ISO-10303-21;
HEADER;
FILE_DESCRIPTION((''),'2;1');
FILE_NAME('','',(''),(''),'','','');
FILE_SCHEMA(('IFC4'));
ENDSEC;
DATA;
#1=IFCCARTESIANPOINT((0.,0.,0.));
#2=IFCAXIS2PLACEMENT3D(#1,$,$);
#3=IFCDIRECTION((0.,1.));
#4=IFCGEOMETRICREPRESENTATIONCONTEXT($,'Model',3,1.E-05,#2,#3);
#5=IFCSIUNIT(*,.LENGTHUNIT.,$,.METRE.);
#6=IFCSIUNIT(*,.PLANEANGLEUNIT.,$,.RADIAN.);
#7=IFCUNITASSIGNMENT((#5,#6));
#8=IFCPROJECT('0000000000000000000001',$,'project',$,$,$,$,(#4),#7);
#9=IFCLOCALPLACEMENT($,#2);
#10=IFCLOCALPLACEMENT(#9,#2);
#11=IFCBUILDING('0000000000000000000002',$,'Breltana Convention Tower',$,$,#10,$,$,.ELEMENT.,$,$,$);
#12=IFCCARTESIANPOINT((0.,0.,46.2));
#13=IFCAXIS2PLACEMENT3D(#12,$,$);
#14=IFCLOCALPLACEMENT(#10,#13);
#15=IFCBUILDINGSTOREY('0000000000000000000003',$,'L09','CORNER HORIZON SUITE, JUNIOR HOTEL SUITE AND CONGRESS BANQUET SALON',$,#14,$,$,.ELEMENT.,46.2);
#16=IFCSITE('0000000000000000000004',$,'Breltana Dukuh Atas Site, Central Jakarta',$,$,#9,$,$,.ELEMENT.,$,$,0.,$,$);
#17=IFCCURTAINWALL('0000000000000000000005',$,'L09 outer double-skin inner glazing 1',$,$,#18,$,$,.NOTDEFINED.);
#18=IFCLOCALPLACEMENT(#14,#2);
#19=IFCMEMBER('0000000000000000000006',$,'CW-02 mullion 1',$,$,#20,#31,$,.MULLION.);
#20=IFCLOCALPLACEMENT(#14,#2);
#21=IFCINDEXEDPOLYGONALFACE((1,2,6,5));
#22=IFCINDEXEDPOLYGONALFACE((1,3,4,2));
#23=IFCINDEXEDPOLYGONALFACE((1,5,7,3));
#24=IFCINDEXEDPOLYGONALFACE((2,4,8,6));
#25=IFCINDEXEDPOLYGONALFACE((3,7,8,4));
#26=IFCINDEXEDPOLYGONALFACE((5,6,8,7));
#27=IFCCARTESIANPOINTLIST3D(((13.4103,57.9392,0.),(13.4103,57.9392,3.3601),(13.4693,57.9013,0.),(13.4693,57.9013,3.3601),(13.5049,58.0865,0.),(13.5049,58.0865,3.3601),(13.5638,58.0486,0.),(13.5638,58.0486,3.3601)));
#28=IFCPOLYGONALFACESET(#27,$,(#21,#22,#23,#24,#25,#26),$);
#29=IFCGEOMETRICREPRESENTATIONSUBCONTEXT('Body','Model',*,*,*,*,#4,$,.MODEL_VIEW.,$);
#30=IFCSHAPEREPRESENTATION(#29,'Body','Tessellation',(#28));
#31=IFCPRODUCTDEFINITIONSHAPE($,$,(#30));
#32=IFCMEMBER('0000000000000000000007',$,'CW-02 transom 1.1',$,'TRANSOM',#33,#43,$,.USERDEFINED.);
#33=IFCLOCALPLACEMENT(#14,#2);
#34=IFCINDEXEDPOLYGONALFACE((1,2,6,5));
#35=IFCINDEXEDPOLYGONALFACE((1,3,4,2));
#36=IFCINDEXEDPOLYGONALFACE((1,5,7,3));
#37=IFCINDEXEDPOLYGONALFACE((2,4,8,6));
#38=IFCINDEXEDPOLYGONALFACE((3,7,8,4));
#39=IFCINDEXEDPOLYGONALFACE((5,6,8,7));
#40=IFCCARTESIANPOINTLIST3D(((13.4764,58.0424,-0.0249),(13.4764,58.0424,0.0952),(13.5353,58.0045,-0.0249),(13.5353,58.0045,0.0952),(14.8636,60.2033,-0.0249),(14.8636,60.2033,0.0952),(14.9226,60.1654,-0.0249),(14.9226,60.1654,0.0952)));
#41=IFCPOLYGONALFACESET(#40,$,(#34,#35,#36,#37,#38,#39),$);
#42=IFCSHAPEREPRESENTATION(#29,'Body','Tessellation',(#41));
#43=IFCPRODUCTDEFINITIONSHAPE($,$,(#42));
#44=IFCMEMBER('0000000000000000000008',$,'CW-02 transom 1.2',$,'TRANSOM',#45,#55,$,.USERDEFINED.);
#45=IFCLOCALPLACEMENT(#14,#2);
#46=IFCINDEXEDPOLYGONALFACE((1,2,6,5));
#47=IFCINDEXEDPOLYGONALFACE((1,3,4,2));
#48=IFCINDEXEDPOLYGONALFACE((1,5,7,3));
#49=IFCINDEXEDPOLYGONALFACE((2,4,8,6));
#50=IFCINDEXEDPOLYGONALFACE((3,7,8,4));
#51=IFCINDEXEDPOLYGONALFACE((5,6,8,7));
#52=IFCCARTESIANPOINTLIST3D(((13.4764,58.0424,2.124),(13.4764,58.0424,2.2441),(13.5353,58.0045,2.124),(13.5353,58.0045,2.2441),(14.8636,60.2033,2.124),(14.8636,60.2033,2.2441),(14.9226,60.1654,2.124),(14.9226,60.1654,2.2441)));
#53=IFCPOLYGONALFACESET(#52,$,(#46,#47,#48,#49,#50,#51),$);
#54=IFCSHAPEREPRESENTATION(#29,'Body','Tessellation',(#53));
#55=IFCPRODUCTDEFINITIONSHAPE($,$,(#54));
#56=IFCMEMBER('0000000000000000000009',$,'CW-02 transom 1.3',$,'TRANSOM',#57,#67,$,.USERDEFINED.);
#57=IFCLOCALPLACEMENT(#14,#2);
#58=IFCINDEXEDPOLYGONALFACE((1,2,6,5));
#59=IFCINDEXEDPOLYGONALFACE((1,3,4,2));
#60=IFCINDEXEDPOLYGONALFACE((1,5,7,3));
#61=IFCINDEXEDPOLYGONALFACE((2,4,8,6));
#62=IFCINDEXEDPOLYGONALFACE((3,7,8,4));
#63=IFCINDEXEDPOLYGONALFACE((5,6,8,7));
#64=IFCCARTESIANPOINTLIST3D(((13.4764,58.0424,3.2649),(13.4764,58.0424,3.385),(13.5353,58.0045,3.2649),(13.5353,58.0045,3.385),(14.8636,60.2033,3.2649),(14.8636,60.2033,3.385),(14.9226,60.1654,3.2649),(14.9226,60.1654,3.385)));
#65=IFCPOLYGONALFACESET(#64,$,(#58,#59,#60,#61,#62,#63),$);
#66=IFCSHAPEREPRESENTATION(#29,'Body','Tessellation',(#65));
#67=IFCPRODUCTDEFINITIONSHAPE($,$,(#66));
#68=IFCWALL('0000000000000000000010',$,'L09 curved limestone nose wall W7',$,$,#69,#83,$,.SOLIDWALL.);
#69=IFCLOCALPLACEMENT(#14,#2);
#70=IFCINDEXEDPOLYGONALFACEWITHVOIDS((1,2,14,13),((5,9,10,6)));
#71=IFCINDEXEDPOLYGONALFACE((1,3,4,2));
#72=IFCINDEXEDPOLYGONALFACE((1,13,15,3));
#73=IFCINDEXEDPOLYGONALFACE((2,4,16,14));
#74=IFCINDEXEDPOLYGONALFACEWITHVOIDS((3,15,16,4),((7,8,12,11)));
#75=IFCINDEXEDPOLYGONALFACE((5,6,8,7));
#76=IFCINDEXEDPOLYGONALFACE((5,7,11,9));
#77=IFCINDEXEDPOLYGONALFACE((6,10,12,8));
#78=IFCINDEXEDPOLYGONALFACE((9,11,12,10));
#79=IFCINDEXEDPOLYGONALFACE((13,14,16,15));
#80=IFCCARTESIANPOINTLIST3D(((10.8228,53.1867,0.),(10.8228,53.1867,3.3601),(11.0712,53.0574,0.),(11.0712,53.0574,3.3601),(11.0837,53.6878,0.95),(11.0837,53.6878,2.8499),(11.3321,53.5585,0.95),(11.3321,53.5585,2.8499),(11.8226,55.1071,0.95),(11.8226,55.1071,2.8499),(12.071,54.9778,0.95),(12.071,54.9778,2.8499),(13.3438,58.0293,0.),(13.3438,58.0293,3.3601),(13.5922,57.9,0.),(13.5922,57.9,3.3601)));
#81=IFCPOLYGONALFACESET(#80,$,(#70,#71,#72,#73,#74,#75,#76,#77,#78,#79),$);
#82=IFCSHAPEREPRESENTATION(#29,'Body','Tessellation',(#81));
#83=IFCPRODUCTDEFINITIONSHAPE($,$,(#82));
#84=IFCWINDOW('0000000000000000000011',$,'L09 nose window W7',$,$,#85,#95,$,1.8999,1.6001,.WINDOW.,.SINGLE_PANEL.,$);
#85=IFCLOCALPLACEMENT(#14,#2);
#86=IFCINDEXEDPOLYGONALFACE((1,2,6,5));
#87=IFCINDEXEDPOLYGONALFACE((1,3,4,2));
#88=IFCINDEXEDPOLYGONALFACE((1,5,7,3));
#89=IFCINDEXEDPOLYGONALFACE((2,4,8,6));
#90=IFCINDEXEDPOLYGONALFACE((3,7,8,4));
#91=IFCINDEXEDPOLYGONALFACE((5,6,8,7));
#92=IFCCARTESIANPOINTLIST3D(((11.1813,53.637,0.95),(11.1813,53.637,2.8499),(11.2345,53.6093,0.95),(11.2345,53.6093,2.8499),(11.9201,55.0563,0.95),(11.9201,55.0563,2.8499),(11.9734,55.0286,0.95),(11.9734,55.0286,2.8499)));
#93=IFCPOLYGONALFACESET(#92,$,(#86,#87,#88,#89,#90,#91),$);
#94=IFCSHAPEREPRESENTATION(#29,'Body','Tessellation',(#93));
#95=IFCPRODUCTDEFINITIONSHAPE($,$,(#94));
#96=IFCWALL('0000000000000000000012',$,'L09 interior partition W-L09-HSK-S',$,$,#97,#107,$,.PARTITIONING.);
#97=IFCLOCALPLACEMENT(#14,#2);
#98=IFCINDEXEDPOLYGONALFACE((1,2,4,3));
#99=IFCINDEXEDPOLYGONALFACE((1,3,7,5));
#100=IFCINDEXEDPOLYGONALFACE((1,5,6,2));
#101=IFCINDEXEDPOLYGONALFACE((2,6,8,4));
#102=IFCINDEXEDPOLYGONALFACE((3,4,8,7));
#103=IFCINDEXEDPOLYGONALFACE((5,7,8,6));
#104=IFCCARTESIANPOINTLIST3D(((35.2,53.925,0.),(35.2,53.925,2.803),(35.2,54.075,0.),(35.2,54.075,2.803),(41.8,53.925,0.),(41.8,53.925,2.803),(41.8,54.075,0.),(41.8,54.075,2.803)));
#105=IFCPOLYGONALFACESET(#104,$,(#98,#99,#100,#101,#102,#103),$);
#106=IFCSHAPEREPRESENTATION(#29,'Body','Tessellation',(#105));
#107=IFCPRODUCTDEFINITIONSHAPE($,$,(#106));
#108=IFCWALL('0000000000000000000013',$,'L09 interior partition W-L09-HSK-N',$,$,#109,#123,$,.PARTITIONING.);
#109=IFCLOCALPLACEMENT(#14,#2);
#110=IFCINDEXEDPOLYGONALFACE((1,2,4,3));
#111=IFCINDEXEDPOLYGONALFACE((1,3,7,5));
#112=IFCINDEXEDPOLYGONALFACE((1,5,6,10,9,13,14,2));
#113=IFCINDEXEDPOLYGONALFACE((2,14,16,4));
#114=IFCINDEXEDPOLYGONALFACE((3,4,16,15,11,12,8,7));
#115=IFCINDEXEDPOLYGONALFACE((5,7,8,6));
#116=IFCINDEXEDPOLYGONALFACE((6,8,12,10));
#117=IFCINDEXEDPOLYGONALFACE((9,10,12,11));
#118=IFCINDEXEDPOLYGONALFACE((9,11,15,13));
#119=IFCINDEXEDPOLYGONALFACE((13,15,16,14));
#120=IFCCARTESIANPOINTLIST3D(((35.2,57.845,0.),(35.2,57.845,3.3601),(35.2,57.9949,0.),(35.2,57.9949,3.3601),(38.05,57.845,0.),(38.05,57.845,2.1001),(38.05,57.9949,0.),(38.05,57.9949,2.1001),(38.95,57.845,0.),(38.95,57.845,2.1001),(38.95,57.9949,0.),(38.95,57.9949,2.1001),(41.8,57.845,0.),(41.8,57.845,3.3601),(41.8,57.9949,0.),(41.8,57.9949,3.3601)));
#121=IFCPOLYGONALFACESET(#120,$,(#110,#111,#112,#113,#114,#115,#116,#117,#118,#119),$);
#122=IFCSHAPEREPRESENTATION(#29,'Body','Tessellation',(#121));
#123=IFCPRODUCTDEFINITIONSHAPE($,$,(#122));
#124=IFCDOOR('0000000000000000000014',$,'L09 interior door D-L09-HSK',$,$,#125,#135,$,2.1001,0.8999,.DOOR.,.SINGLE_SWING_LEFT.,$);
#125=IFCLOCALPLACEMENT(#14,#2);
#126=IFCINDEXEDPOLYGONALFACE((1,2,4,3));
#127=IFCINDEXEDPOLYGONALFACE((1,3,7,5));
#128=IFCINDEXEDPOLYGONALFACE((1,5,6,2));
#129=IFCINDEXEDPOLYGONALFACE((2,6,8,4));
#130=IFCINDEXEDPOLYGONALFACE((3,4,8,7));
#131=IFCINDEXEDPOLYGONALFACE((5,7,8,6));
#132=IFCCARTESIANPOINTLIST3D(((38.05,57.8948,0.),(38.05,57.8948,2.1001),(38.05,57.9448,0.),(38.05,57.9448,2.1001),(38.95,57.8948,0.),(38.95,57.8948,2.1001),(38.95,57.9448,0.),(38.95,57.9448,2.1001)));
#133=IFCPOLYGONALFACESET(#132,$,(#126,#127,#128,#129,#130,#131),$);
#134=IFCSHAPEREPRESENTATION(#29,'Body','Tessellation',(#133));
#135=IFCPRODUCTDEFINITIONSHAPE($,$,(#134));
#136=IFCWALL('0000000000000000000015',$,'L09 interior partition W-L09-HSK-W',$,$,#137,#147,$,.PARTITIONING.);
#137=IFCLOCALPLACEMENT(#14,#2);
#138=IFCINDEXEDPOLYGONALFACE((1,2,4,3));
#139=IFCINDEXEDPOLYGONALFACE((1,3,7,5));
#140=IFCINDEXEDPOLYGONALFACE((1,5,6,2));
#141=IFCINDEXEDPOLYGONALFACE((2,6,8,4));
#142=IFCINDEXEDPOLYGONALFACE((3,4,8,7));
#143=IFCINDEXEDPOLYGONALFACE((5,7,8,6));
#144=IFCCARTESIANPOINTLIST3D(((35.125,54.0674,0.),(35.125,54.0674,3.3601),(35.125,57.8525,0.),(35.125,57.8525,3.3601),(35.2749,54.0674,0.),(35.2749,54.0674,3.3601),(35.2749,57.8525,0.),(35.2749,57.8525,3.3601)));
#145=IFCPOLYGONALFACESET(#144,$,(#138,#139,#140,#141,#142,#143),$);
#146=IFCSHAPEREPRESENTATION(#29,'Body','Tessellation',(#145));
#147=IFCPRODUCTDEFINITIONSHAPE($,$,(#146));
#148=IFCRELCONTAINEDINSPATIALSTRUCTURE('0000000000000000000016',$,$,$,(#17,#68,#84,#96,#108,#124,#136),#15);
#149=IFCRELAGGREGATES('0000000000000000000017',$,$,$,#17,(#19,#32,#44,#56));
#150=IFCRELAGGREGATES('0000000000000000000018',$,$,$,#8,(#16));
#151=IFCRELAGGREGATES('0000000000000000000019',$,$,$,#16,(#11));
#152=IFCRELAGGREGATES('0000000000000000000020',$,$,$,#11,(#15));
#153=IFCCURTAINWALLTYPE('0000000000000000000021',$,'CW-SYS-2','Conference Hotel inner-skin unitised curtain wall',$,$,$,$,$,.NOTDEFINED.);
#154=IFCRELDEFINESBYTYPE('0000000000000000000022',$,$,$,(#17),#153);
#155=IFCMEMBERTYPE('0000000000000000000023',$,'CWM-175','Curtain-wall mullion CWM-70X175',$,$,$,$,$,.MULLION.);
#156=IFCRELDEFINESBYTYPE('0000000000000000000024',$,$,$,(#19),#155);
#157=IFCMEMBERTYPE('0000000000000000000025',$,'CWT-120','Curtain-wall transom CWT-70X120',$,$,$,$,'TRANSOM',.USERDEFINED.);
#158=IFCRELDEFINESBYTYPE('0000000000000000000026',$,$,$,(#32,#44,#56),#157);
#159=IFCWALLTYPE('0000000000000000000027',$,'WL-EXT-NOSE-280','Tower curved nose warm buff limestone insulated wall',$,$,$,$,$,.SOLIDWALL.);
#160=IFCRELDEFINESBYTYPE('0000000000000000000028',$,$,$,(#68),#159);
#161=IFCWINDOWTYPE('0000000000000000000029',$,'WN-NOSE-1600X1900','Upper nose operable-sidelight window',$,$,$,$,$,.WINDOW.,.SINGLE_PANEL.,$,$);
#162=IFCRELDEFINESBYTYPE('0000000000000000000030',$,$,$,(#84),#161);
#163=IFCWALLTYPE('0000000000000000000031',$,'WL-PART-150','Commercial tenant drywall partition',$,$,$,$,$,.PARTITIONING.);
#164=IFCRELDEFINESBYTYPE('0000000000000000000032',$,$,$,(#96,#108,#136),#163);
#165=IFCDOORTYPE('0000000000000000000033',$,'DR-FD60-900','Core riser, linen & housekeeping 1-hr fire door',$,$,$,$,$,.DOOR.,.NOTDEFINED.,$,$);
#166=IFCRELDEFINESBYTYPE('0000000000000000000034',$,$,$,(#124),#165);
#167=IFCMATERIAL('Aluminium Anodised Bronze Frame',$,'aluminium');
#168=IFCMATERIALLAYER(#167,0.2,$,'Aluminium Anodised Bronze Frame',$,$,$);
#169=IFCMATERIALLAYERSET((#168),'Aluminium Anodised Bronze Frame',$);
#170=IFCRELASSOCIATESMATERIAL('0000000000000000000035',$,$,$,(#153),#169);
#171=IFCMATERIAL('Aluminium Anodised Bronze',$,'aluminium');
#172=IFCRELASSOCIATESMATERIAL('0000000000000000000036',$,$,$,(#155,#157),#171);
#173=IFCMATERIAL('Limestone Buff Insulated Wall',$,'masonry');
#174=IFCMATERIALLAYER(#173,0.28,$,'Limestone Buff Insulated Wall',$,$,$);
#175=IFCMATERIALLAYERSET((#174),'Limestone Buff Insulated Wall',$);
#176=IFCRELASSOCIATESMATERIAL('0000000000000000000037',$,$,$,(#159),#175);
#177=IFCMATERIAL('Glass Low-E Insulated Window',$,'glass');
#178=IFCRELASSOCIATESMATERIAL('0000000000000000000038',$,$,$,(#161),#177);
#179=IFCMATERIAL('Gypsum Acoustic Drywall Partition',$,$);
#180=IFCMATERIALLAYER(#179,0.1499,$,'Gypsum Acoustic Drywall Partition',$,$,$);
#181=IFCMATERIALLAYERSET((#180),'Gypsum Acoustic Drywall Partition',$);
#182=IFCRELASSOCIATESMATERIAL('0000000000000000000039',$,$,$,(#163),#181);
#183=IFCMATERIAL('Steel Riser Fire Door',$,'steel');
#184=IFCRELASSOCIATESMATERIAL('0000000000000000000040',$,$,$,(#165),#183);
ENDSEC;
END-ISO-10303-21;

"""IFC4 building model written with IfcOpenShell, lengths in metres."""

from ifc_helpers import new_model, si_unit, direction, frame, frame_2d, origin, origin_2d, place, context, subcontext, project, spatial, rectangle, extrude, source, transform, mapped, material, layer, layer_set, material_profile, profile_set, type_object, type_shapes, element, fill, aggregate, save


model = new_model("IFC4")

# Units and contexts
model_context = context("Model", 3, precision=1e-05, world=origin(), true_north=direction((0.0, 1.0)))
body_context = subcontext(model_context, "Body", "Model", "MODEL_VIEW")
ifc_project = project(units=[si_unit("LENGTHUNIT", "METRE"), si_unit("PLANEANGLEUNIT", "RADIAN")], contexts=[model_context])

# Site, building, storey
site_placement = place(None, origin())
site = spatial("IfcSite", under=ifc_project, at=site_placement, Name="Breltana Dukuh Atas Site, Central Jakarta", CompositionType="ELEMENT", RefElevation=0.0)
building_placement = place(site_placement, origin())
building = spatial("IfcBuilding", under=site, at=building_placement, Name="Breltana Convention Tower", CompositionType="ELEMENT")
storey_placement = place(building_placement, frame((0.0, 0.0, 46.2)))
storey = spatial("IfcBuildingStorey", under=building, at=storey_placement, Name="L09", Description="CORNER HORIZON SUITE, JUNIOR HOTEL SUITE AND CONGRESS BANQUET SALON", CompositionType="ELEMENT", Elevation=46.2)

# Curtain wall, members
ifc_material_1 = material(Name="Aluminium Anodised Bronze Frame", Category="aluminium")
ifc_layer_1 = layer(ifc_material_1, 0.2, Name="Aluminium Anodised Bronze Frame")
ifc_layer_set_1 = layer_set([ifc_layer_1], Name="Aluminium Anodised Bronze Frame")
curtain_wall_type = type_object("IfcCurtainWallType", Name="CW-SYS-2", Description="Conference Hotel inner-skin unitised curtain wall", PredefinedType="NOTDEFINED", material=ifc_layer_set_1)
curtain_wall_placement = place(storey_placement, origin())
curtain_wall = element("IfcCurtainWall", 1, at=curtain_wall_placement, inside=storey, type_object=curtain_wall_type, Name="L09 outer double-skin inner glazing 1", PredefinedType="NOTDEFINED")
ifc_material_2 = material(Name="Aluminium Anodised Bronze", Category="aluminium")
ifc_material_profile_1 = material_profile(ifc_material_2, rectangle(XDim=0.0701, YDim=0.175, at=origin_2d()), Name="CWM-70X175")
ifc_profile_set_1 = profile_set([ifc_material_profile_1], Name="Aluminium Anodised Bronze")
member_type_1 = type_object("IfcMemberType", Name="CWM-175", Description="Curtain-wall mullion CWM-70X175", PredefinedType="MULLION", material=ifc_profile_set_1)
shared_shape_1 = source(origin(), body_context, "Body", "SweptSolid", [
    extrude(rectangle(XDim=0.0701, YDim=0.175, at=origin_2d()), origin(), (0.0, 0.0, 1.0), 3.3601),
])
type_shapes(member_type_1, [shared_shape_1])
member_1_placement = place(storey_placement, frame((13.4871, 57.9939, 0.0), z_axis=(0.0, 0.0, 1.0), x_axis=(-0.841549, 0.540181, 0.0)))
member_1 = element("IfcMember", 2, at=member_1_placement, type_object=member_type_1, Name="CW-02 mullion 1", PredefinedType="MULLION", context=body_context, shape_type="MappedRepresentation", body=[
    mapped(shared_shape_1, transform((0.0, 0.0, 0.0), scale=1.0)),
])
ifc_material_profile_2 = material_profile(ifc_material_2, rectangle(XDim=0.0701, YDim=0.1201, at=origin_2d()), Name="CWT-70X120")
ifc_profile_set_2 = profile_set([ifc_material_profile_2], Name="Aluminium Anodised Bronze")
member_type_2 = type_object("IfcMemberType", Name="CWT-120", Description="Curtain-wall transom CWT-70X120", ElementType="TRANSOM", PredefinedType="USERDEFINED", material=ifc_profile_set_2)
shared_shape_2 = source(origin(), body_context, "Body", "SweptSolid", [
    extrude(rectangle(XDim=0.0701, YDim=0.1201, at=origin_2d()), origin(), (0.0, 0.0, 1.0), 2.5679),
])
type_shapes(member_type_2, [shared_shape_2])
member_2_placement = place(storey_placement, frame((13.5059, 58.0234, 0.0352), z_axis=(0.540224, 0.841521, 0.0), x_axis=(-0.841521, 0.540224, 0.0)))
member_2 = element("IfcMember", 3, at=member_2_placement, type_object=member_type_2, Name="CW-02 transom 1.1", ObjectType="TRANSOM", PredefinedType="USERDEFINED", context=body_context, shape_type="MappedRepresentation", body=[
    mapped(shared_shape_2, transform((0.0, 0.0, 0.0), scale=1.0)),
])
member_3_placement = place(storey_placement, frame((13.5059, 58.0234, 2.1841), z_axis=(0.540224, 0.841521, 0.0), x_axis=(-0.841521, 0.540224, 0.0)))
member_3 = element("IfcMember", 4, at=member_3_placement, type_object=member_type_2, Name="CW-02 transom 1.2", ObjectType="TRANSOM", PredefinedType="USERDEFINED", context=body_context, shape_type="MappedRepresentation", body=[
    mapped(shared_shape_2, transform((0.0, 0.0, 0.0), scale=1.0)),
])
member_4_placement = place(storey_placement, frame((13.5059, 58.0234, 3.325), z_axis=(0.540224, 0.841521, 0.0), x_axis=(-0.841521, 0.540224, 0.0)))
member_4 = element("IfcMember", 5, at=member_4_placement, type_object=member_type_2, Name="CW-02 transom 1.3", ObjectType="TRANSOM", PredefinedType="USERDEFINED", context=body_context, shape_type="MappedRepresentation", body=[
    mapped(shared_shape_2, transform((0.0, 0.0, 0.0), scale=1.0)),
])
aggregate(curtain_wall, [member_1, member_2, member_3, member_4])

# Wall, opening, window
ifc_material_3 = material(Name="Limestone Buff Insulated Wall", Category="masonry")
ifc_layer_2 = layer(ifc_material_3, 0.28, Name="Limestone Buff Insulated Wall")
ifc_layer_set_2 = layer_set([ifc_layer_2], Name="Limestone Buff Insulated Wall")
wall_type_1 = type_object("IfcWallType", Name="WL-EXT-NOSE-280", Description="Tower curved nose warm buff limestone insulated wall", PredefinedType="SOLIDWALL", material=ifc_layer_set_2)
shared_shape_3 = source(origin(), body_context, "Body", "SweptSolid", [
    extrude(rectangle(XDim=5.4595, YDim=0.28, at=frame_2d((2.7297, 0.0))), origin(), (0.0, 0.0, 1.0), 3.3601),
])
wall_1_placement = place(storey_placement, frame((10.947, 53.1221, 0.0), z_axis=(0.0, 0.0, 1.0), x_axis=(0.461768, 0.887001, 0.0)))
wall_1 = element("IfcWall", 6, at=wall_1_placement, inside=storey, type_object=wall_type_1, Name="L09 curved limestone nose wall W7", PredefinedType="SOLIDWALL", context=body_context, shape_type="MappedRepresentation", body=[
    mapped(shared_shape_3, transform((0.0, 0.0, 0.0), scale=1.0)),
])
opening_1_placement = place(wall_1_placement, frame((0.5649, 0.0, 0.95)))
opening_1 = element("IfcOpeningElement", 7, at=opening_1_placement, cuts=wall_1, PredefinedType="OPENING", context=body_context, shape_type="SweptSolid", body=[
    extrude(rectangle(XDim=1.6001, YDim=1.8999, at=frame_2d((0.8, 0.95))), frame((0.0, 0.1499, 0.0), z_axis=(0.0, -1.0, 0.0), x_axis=(1.0, 0.0, 0.0)), (0.0, 0.0, 1.0), 0.3),
])
ifc_material_4 = material(Name="Glass Low-E Insulated Window", Category="glass")
window_type = type_object("IfcWindowType", Name="WN-NOSE-1600X1900", Description="Upper nose operable-sidelight window", PartitioningType="SINGLE_PANEL", PredefinedType="WINDOW", material=ifc_material_4)
shared_shape_4 = source(origin(), body_context, "Body", "SweptSolid", [
    extrude(rectangle(XDim=1.6001, YDim=1.8999, at=frame_2d((0.8, 0.95))), frame((0.0, 0.03, 0.0), z_axis=(0.0, -1.0, 0.0), x_axis=(1.0, 0.0, 0.0)), (0.0, 0.0, 1.0), 0.0601),
])
type_shapes(window_type, [shared_shape_4])
window_placement = place(opening_1_placement, origin())
window = element("IfcWindow", 8, at=window_placement, inside=storey, type_object=window_type, Name="L09 nose window W7", OverallHeight=1.8999, OverallWidth=1.6001, PartitioningType="SINGLE_PANEL", PredefinedType="WINDOW", context=body_context, shape_type="MappedRepresentation", body=[
    mapped(shared_shape_4, transform((0.0, 0.0, 0.0), scale=1.0)),
])
fill(opening_1, window)

# Wall
ifc_material_5 = material(Name="Gypsum Acoustic Drywall Partition")
ifc_layer_3 = layer(ifc_material_5, 0.1499, Name="Gypsum Acoustic Drywall Partition")
ifc_layer_set_3 = layer_set([ifc_layer_3], Name="Gypsum Acoustic Drywall Partition")
wall_type_2 = type_object("IfcWallType", Name="WL-PART-150", Description="Commercial tenant drywall partition", PredefinedType="PARTITIONING", material=ifc_layer_set_3)
shared_shape_5 = source(origin(), body_context, "Body", "SweptSolid", [
    extrude(rectangle(XDim=6.6001, YDim=0.1499, at=frame_2d((3.3, 0.0))), origin(), (0.0, 0.0, 1.0), 2.803),
])
wall_2_placement = place(storey_placement, frame((35.2, 54.0, 0.0), z_axis=(0.0, 0.0, 1.0), x_axis=(1.0, 0.0, 0.0)))
element("IfcWall", 9, at=wall_2_placement, inside=storey, type_object=wall_type_2, Name="L09 interior partition W-L09-HSK-S", PredefinedType="PARTITIONING", context=body_context, shape_type="MappedRepresentation", body=[
    mapped(shared_shape_5, transform((0.0, 0.0, 0.0), scale=1.0)),
])

# Wall, opening, door
shared_shape_6 = source(origin(), body_context, "Body", "SweptSolid", [
    extrude(rectangle(XDim=6.6001, YDim=0.1499, at=frame_2d((3.3, 0.0))), origin(), (0.0, 0.0, 1.0), 3.3601),
])
wall_3_placement = place(storey_placement, frame((35.2, 57.9199, 0.0), z_axis=(0.0, 0.0, 1.0), x_axis=(1.0, 0.0, 0.0)))
wall_3 = element("IfcWall", 10, at=wall_3_placement, inside=storey, type_object=wall_type_2, Name="L09 interior partition W-L09-HSK-N", PredefinedType="PARTITIONING", context=body_context, shape_type="MappedRepresentation", body=[
    mapped(shared_shape_6, transform((0.0, 0.0, 0.0), scale=1.0)),
])
opening_2_placement = place(wall_3_placement, frame((2.8501, 0.0, 0.0)))
opening_2 = element("IfcOpeningElement", 11, at=opening_2_placement, cuts=wall_3, PredefinedType="OPENING", context=body_context, shape_type="SweptSolid", body=[
    extrude(rectangle(XDim=0.8999, YDim=2.1001, at=frame_2d((0.45, 1.05))), frame((0.0, 0.085, 0.0), z_axis=(0.0, -1.0, 0.0), x_axis=(1.0, 0.0, 0.0)), (0.0, 0.0, 1.0), 0.1699),
])
ifc_material_6 = material(Name="Steel Riser Fire Door", Category="steel")
door_type_1 = type_object("IfcDoorType", Name="DR-FD60-900", Description="Core riser, linen & housekeeping 1-hr fire door", OperationType="NOTDEFINED", PredefinedType="DOOR", material=ifc_material_6)
shared_shape_7 = source(origin(), body_context, "Body", "SweptSolid", [
    extrude(rectangle(XDim=0.8999, YDim=2.1001, at=frame_2d((0.45, 1.05))), frame((0.0, 0.0249, 0.0), z_axis=(0.0, -1.0, 0.0), x_axis=(1.0, 0.0, 0.0)), (0.0, 0.0, 1.0), 0.05),
])
type_shapes(door_type_1, [shared_shape_7])
door_1_placement = place(opening_2_placement, origin())
door_1 = element("IfcDoor", 12, at=door_1_placement, inside=storey, type_object=door_type_1, Name="L09 interior door D-L09-HSK", OperationType="SINGLE_SWING_LEFT", OverallHeight=2.1001, OverallWidth=0.8999, PredefinedType="DOOR", context=body_context, shape_type="MappedRepresentation", body=[
    mapped(shared_shape_7, transform((0.0, 0.0, 0.0), scale=1.0)),
])
fill(opening_2, door_1)

# Wall
shared_shape_8 = source(origin(), body_context, "Body", "SweptSolid", [
    extrude(rectangle(XDim=3.7852, YDim=0.1499, at=frame_2d((1.8926, 0.0))), origin(), (0.0, 0.0, 1.0), 3.3601),
])
wall_4_placement = place(storey_placement, frame((35.2, 54.0674, 0.0), z_axis=(0.0, 0.0, 1.0), x_axis=(0.0, 1.0, 0.0)))
element("IfcWall", 13, at=wall_4_placement, inside=storey, type_object=wall_type_2, Name="L09 interior partition W-L09-HSK-W", PredefinedType="PARTITIONING", context=body_context, shape_type="MappedRepresentation", body=[
    mapped(shared_shape_8, transform((0.0, 0.0, 0.0), scale=1.0)),
])

save(model, "model.ifc")
